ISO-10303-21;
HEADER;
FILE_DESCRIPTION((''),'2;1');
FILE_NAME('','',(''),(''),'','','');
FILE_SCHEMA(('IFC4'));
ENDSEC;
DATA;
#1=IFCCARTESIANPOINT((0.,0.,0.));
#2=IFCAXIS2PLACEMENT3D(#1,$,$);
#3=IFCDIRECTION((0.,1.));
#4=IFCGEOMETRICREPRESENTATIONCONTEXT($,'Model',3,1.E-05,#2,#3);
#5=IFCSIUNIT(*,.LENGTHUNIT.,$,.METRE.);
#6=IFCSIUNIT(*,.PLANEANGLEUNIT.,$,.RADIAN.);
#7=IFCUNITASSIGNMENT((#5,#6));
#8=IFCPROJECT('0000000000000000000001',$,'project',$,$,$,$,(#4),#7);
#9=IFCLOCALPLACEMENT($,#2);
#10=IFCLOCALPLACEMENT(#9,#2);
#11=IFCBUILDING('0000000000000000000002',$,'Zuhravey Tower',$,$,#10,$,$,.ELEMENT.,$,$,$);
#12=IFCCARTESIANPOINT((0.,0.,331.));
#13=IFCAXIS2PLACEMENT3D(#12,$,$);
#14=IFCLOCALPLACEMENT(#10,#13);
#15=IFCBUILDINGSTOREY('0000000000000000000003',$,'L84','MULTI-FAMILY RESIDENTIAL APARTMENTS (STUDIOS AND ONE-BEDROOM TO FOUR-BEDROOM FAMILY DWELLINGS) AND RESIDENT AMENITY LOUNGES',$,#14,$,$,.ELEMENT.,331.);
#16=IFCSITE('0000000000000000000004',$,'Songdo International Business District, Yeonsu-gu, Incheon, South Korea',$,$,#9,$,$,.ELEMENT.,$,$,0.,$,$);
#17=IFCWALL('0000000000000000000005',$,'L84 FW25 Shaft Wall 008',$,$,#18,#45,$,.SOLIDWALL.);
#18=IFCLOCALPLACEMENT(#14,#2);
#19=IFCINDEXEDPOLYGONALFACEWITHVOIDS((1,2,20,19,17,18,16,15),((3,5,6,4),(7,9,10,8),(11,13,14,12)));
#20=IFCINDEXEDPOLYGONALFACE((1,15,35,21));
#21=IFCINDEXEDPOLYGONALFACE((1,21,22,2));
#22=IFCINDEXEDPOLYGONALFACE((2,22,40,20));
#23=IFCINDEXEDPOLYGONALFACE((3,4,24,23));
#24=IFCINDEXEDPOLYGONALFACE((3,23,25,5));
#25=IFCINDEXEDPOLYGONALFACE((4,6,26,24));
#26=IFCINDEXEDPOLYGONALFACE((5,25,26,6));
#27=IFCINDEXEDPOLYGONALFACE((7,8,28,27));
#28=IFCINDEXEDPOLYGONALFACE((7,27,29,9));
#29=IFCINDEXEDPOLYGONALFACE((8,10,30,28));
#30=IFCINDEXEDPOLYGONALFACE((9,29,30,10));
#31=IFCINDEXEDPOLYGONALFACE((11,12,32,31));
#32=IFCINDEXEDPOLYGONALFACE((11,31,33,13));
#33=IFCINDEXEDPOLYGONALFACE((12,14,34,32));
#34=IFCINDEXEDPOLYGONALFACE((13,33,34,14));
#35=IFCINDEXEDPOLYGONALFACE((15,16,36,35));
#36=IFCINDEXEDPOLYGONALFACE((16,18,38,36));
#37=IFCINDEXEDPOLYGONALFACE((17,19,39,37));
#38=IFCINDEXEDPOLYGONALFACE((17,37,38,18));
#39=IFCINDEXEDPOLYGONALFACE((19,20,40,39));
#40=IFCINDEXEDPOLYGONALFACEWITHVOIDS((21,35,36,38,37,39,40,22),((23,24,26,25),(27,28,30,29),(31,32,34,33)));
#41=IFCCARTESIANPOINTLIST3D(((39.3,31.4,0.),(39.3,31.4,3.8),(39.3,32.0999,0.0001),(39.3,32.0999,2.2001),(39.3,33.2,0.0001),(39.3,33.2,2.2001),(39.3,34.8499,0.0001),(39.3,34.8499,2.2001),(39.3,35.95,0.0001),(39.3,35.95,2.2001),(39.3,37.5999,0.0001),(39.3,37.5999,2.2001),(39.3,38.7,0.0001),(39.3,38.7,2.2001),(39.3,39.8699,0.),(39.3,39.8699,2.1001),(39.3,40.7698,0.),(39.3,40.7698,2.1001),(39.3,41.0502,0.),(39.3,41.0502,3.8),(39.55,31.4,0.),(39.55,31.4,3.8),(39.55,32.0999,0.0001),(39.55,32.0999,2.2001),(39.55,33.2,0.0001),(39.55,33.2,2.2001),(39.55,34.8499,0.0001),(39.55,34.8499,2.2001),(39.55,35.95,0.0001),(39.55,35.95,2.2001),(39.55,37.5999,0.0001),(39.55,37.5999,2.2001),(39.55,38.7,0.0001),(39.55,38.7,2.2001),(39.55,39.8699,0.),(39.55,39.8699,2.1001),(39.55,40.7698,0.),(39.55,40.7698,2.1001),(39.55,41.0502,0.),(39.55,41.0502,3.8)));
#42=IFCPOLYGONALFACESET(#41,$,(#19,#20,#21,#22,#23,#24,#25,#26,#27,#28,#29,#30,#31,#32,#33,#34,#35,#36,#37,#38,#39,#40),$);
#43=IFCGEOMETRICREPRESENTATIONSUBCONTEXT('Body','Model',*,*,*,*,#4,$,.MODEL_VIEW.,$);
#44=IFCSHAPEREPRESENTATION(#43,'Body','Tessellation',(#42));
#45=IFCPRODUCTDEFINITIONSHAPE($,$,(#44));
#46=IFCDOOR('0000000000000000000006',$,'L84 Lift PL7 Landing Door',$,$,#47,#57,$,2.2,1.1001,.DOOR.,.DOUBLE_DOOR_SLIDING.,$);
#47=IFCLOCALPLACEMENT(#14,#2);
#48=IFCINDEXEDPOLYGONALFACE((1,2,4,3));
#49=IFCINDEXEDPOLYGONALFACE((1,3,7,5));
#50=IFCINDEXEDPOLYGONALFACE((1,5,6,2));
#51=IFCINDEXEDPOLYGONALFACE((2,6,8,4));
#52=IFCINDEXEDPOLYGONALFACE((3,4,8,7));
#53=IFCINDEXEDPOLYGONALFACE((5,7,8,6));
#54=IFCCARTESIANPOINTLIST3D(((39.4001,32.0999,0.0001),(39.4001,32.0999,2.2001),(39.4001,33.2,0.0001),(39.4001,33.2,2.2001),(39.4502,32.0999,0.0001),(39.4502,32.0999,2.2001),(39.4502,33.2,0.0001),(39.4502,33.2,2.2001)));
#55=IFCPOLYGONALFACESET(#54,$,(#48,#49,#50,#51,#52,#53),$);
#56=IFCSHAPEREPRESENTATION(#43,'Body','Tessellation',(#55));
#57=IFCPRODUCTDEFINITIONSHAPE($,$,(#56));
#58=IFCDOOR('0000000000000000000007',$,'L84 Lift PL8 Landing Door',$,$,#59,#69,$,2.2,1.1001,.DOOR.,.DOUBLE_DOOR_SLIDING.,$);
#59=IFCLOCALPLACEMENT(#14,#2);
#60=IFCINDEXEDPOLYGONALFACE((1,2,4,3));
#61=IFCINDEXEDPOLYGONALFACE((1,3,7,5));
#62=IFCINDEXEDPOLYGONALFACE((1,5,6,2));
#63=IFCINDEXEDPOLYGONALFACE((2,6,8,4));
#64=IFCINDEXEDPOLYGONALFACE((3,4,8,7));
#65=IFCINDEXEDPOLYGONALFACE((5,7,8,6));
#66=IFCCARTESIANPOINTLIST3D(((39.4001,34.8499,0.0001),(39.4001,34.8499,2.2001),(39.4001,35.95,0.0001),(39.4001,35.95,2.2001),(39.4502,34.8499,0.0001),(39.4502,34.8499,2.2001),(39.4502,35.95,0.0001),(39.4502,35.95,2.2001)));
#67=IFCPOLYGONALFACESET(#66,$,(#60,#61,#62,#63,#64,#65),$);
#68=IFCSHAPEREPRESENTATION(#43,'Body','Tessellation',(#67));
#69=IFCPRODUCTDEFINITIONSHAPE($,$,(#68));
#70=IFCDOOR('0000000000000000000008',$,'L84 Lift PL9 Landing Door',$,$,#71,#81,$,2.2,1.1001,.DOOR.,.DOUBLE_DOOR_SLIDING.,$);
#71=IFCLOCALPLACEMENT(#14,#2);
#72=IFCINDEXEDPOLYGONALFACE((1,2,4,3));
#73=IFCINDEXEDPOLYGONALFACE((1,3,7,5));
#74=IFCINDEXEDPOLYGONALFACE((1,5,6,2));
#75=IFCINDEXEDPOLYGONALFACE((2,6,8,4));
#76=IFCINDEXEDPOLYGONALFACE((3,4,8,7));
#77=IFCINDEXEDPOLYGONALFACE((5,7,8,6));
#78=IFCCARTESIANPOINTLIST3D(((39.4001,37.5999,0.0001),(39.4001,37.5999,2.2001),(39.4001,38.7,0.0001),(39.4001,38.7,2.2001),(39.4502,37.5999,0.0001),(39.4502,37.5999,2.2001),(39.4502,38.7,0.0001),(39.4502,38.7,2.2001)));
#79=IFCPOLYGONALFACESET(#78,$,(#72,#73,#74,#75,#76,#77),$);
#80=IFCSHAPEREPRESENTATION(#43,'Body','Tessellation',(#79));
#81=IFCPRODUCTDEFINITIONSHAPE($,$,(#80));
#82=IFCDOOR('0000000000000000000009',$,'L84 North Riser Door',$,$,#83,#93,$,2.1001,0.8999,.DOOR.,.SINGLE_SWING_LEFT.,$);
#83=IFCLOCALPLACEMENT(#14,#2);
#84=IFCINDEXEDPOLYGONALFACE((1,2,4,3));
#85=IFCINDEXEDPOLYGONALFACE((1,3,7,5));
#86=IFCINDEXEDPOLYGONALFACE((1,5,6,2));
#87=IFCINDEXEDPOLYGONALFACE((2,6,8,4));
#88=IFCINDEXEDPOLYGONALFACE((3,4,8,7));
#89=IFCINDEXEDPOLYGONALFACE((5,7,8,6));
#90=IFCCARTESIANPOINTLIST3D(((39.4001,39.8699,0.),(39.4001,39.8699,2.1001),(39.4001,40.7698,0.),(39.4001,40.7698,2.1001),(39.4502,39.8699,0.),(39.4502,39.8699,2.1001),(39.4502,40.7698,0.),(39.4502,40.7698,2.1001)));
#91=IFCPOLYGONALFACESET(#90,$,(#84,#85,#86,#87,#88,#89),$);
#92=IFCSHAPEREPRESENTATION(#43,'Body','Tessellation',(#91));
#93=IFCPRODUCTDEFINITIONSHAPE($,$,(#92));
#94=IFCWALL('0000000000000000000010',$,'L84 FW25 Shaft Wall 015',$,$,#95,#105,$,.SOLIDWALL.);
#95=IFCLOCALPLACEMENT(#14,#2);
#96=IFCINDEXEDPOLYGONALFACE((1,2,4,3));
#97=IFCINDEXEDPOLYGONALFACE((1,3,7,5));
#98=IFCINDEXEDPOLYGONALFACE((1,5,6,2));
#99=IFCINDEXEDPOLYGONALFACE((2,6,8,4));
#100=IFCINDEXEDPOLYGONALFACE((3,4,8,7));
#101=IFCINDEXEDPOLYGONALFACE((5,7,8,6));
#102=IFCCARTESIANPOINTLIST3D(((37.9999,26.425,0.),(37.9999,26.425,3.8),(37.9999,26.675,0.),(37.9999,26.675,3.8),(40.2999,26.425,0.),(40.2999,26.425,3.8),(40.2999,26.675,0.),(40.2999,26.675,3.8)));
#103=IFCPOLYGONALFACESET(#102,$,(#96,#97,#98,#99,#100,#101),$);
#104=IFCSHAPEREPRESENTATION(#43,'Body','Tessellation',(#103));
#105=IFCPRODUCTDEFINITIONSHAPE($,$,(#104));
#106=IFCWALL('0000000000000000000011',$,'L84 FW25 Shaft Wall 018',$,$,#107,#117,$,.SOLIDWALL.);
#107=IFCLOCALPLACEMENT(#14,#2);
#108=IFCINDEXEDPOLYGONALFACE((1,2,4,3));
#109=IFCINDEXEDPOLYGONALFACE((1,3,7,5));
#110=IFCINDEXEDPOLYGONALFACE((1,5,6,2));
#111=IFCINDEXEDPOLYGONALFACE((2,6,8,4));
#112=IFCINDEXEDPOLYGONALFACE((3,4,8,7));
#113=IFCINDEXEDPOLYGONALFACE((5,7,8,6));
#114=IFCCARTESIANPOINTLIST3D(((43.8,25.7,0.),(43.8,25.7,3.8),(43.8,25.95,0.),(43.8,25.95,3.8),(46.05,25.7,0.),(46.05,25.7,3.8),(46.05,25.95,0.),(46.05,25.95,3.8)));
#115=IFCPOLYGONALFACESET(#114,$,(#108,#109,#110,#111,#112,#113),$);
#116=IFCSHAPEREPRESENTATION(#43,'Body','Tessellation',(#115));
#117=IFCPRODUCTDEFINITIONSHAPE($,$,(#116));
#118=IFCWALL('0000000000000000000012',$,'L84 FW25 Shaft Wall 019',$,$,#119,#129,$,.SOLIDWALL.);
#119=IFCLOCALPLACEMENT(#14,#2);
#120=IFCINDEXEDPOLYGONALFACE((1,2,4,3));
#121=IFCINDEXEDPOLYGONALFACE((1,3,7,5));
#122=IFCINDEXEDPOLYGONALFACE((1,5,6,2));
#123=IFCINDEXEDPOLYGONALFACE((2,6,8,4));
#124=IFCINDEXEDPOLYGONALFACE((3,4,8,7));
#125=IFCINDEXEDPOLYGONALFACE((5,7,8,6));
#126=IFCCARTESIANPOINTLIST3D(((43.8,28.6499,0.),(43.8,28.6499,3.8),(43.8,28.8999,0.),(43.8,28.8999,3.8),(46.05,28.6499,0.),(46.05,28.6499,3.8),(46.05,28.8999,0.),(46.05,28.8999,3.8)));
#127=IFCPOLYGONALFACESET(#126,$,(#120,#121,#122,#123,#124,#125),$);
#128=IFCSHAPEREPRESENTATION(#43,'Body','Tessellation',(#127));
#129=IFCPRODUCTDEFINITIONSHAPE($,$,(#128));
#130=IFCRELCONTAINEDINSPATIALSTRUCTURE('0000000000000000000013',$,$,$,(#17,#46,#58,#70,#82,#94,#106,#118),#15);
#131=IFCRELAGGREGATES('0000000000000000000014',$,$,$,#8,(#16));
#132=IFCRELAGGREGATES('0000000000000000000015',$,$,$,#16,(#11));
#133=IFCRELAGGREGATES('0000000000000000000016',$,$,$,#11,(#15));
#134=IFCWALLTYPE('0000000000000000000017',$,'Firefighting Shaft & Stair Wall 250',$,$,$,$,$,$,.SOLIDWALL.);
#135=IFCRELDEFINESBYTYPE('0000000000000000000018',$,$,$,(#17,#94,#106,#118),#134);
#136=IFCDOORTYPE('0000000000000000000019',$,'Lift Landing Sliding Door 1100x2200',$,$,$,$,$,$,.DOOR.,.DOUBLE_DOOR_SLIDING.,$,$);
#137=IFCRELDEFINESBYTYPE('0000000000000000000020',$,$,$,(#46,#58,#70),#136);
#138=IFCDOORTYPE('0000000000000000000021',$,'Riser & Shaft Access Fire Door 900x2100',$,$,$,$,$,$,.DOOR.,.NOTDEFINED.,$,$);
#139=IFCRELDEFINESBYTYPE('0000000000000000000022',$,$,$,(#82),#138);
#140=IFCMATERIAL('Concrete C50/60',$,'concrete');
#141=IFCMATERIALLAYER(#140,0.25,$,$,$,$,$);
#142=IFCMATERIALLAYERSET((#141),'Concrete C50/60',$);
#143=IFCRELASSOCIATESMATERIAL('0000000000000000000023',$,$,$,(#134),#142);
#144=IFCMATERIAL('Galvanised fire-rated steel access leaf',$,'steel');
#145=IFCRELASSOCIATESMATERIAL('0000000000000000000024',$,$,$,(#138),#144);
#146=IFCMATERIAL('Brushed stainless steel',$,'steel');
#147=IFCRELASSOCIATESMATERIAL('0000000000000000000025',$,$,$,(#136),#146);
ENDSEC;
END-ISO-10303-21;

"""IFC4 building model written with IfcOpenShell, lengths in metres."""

from ifc_helpers import new_model, si_unit, direction, frame, frame_2d, origin, place, context, subcontext, project, spatial, rectangle, extrude, material, layer, layer_set, type_object, element, fill, save


model = new_model("IFC4")

# Units and contexts
model_context = context("Model", 3, precision=1e-05, world=origin(), true_north=direction((0.0, 1.0)))
body_context = subcontext(model_context, "Body", "Model", "MODEL_VIEW")
ifc_project = project(units=[si_unit("LENGTHUNIT", "METRE"), si_unit("PLANEANGLEUNIT", "RADIAN")], contexts=[model_context])

# Site, building, storey
site_placement = place(None, origin())
site = spatial("IfcSite", under=ifc_project, at=site_placement, Name="Songdo International Business District, Yeonsu-gu, Incheon, South Korea", CompositionType="ELEMENT", RefElevation=0.0)
building_placement = place(site_placement, origin())
building = spatial("IfcBuilding", under=site, at=building_placement, Name="Zuhravey Tower", CompositionType="ELEMENT")
storey_placement = place(building_placement, frame((0.0, 0.0, 331.0)))
storey = spatial("IfcBuildingStorey", under=building, at=storey_placement, Name="L84", Description="MULTI-FAMILY RESIDENTIAL APARTMENTS (STUDIOS AND ONE-BEDROOM TO FOUR-BEDROOM FAMILY DWELLINGS) AND RESIDENT AMENITY LOUNGES", CompositionType="ELEMENT", Elevation=331.0)

# Shared definitions
ifc_material_1 = material(Name="Concrete C50/60", Category="concrete")
ifc_layer_1 = layer(ifc_material_1, 0.25)
ifc_layer_set_1 = layer_set([ifc_layer_1], Name="Concrete C50/60")
wall_type_1 = type_object("IfcWallType", Name="Firefighting Shaft & Stair Wall 250", PredefinedType="SOLIDWALL", material=ifc_layer_set_1)

# Wall, openings, doors
ifc_material_2 = material(Name="Galvanised fire-rated steel access leaf", Category="steel")
door_type_1 = type_object("IfcDoorType", Name="Riser & Shaft Access Fire Door 900x2100", OperationType="NOTDEFINED", PredefinedType="DOOR", material=ifc_material_2)
wall_1_placement = place(storey_placement, frame((39.425, 31.3999, 0.0), z_axis=(0.0, 0.0, 1.0), x_axis=(0.0, 1.0, 0.0)))
wall_1 = element("IfcWall", 1, at=wall_1_placement, inside=storey, type_object=wall_type_1, Name="L84 FW25 Shaft Wall 008", PredefinedType="SOLIDWALL", context=body_context, shape_type="SweptSolid", body=[
    extrude(rectangle(XDim=9.6501, YDim=0.25, at=frame_2d((4.8252, 0.0))), origin(), (0.0, 0.0, 1.0), 3.8),
])
opening_1_placement = place(wall_1_placement, frame((0.7, 0.0, 0.0)))
opening_1 = element("IfcOpeningElement", 2, at=opening_1_placement, cuts=wall_1, PredefinedType="OPENING", context=body_context, shape_type="SweptSolid", body=[
    extrude(rectangle(XDim=1.1001, YDim=2.2, at=frame_2d((0.55, 1.1001))), frame((0.0, 0.137, 0.0), z_axis=(0.0, -1.0, 0.0), x_axis=(1.0, 0.0, 0.0)), (0.0, 0.0, 1.0), 0.2739),
])
opening_2_placement = place(wall_1_placement, frame((3.45, 0.0, 0.0)))
opening_2 = element("IfcOpeningElement", 3, at=opening_2_placement, cuts=wall_1, PredefinedType="OPENING", context=body_context, shape_type="SweptSolid", body=[
    extrude(rectangle(XDim=1.1001, YDim=2.2, at=frame_2d((0.55, 1.1001))), frame((0.0, 0.137, 0.0), z_axis=(0.0, -1.0, 0.0), x_axis=(1.0, 0.0, 0.0)), (0.0, 0.0, 1.0), 0.2739),
])
opening_3_placement = place(wall_1_placement, frame((6.2, 0.0, 0.0)))
opening_3 = element("IfcOpeningElement", 4, at=opening_3_placement, cuts=wall_1, PredefinedType="OPENING", context=body_context, shape_type="SweptSolid", body=[
    extrude(rectangle(XDim=1.1001, YDim=2.2, at=frame_2d((0.55, 1.1001))), frame((0.0, 0.137, 0.0), z_axis=(0.0, -1.0, 0.0), x_axis=(1.0, 0.0, 0.0)), (0.0, 0.0, 1.0), 0.2739),
])
opening_4_placement = place(wall_1_placement, frame((8.47, 0.0, 0.0)))
opening_4 = element("IfcOpeningElement", 5, at=opening_4_placement, cuts=wall_1, PredefinedType="OPENING", context=body_context, shape_type="SweptSolid", body=[
    extrude(rectangle(XDim=0.8999, YDim=2.1001, at=frame_2d((0.45, 1.05))), frame((0.0, 0.137, 0.0), z_axis=(0.0, -1.0, 0.0), x_axis=(1.0, 0.0, 0.0)), (0.0, 0.0, 1.0), 0.2739),
])
ifc_material_3 = material(Name="Brushed stainless steel", Category="steel")
door_type_2 = type_object("IfcDoorType", Name="Lift Landing Sliding Door 1100x2200", OperationType="DOUBLE_DOOR_SLIDING", PredefinedType="DOOR", material=ifc_material_3)
door_1_placement = place(opening_1_placement, origin())
door_1 = element("IfcDoor", 6, at=door_1_placement, inside=storey, type_object=door_type_2, Name="L84 Lift PL7 Landing Door", OperationType="DOUBLE_DOOR_SLIDING", OverallHeight=2.2, OverallWidth=1.1001, PredefinedType="DOOR", context=body_context, shape_type="SweptSolid", body=[
    extrude(rectangle(XDim=1.1001, YDim=2.2, at=frame_2d((0.55, 1.1001))), frame((0.0, 0.0249, 0.0), z_axis=(0.0, -1.0, 0.0), x_axis=(1.0, 0.0, 0.0)), (0.0, 0.0, 1.0), 0.05),
])
fill(opening_1, door_1)
door_2_placement = place(opening_2_placement, origin())
door_2 = element("IfcDoor", 7, at=door_2_placement, inside=storey, type_object=door_type_2, Name="L84 Lift PL8 Landing Door", OperationType="DOUBLE_DOOR_SLIDING", OverallHeight=2.2, OverallWidth=1.1001, PredefinedType="DOOR", context=body_context, shape_type="SweptSolid", body=[
    extrude(rectangle(XDim=1.1001, YDim=2.2, at=frame_2d((0.55, 1.1001))), frame((0.0, 0.0249, 0.0), z_axis=(0.0, -1.0, 0.0), x_axis=(1.0, 0.0, 0.0)), (0.0, 0.0, 1.0), 0.05),
])
fill(opening_2, door_2)
door_3_placement = place(opening_3_placement, origin())
door_3 = element("IfcDoor", 8, at=door_3_placement, inside=storey, type_object=door_type_2, Name="L84 Lift PL9 Landing Door", OperationType="DOUBLE_DOOR_SLIDING", OverallHeight=2.2, OverallWidth=1.1001, PredefinedType="DOOR", context=body_context, shape_type="SweptSolid", body=[
    extrude(rectangle(XDim=1.1001, YDim=2.2, at=frame_2d((0.55, 1.1001))), frame((0.0, 0.0249, 0.0), z_axis=(0.0, -1.0, 0.0), x_axis=(1.0, 0.0, 0.0)), (0.0, 0.0, 1.0), 0.05),
])
fill(opening_3, door_3)
door_4_placement = place(opening_4_placement, origin())
door_4 = element("IfcDoor", 9, at=door_4_placement, inside=storey, type_object=door_type_1, Name="L84 North Riser Door", OperationType="SINGLE_SWING_LEFT", OverallHeight=2.1001, OverallWidth=0.8999, PredefinedType="DOOR", context=body_context, shape_type="SweptSolid", body=[
    extrude(rectangle(XDim=0.8999, YDim=2.1001, at=frame_2d((0.45, 1.05))), frame((0.0, 0.0249, 0.0), z_axis=(0.0, -1.0, 0.0), x_axis=(1.0, 0.0, 0.0)), (0.0, 0.0, 1.0), 0.05),
])
fill(opening_4, door_4)

# Walls
wall_2_placement = place(storey_placement, frame((38.0, 26.55, 0.0), z_axis=(0.0, 0.0, 1.0), x_axis=(1.0, 0.0, 0.0)))
element("IfcWall", 10, at=wall_2_placement, inside=storey, type_object=wall_type_1, Name="L84 FW25 Shaft Wall 015", PredefinedType="SOLIDWALL", context=body_context, shape_type="SweptSolid", body=[
    extrude(rectangle(XDim=2.3, YDim=0.25, at=frame_2d((1.1499, 0.0))), origin(), (0.0, 0.0, 1.0), 3.8),
])
for number, where, z_axis, x_axis, name in (
    (11, (43.8, 25.825, 0.0), (0.0, 0.0, 1.0), (1.0, 0.0, 0.0), "L84 FW25 Shaft Wall 018"),
    (12, (43.8, 28.7749, 0.0), (0.0, 0.0, 1.0), (1.0, 0.0, 0.0), "L84 FW25 Shaft Wall 019"),
):
    element("IfcWall", number, at=place(storey_placement, frame(where, z_axis=z_axis, x_axis=x_axis)), inside=storey, type_object=wall_type_1, Name=name, PredefinedType="SOLIDWALL", context=body_context, shape_type="SweptSolid", body=[
        extrude(rectangle(XDim=2.25, YDim=0.25, at=frame_2d((1.125, 0.0))), origin(), (0.0, 0.0, 1.0), 3.8),
    ])

save(model, "model.ifc")
